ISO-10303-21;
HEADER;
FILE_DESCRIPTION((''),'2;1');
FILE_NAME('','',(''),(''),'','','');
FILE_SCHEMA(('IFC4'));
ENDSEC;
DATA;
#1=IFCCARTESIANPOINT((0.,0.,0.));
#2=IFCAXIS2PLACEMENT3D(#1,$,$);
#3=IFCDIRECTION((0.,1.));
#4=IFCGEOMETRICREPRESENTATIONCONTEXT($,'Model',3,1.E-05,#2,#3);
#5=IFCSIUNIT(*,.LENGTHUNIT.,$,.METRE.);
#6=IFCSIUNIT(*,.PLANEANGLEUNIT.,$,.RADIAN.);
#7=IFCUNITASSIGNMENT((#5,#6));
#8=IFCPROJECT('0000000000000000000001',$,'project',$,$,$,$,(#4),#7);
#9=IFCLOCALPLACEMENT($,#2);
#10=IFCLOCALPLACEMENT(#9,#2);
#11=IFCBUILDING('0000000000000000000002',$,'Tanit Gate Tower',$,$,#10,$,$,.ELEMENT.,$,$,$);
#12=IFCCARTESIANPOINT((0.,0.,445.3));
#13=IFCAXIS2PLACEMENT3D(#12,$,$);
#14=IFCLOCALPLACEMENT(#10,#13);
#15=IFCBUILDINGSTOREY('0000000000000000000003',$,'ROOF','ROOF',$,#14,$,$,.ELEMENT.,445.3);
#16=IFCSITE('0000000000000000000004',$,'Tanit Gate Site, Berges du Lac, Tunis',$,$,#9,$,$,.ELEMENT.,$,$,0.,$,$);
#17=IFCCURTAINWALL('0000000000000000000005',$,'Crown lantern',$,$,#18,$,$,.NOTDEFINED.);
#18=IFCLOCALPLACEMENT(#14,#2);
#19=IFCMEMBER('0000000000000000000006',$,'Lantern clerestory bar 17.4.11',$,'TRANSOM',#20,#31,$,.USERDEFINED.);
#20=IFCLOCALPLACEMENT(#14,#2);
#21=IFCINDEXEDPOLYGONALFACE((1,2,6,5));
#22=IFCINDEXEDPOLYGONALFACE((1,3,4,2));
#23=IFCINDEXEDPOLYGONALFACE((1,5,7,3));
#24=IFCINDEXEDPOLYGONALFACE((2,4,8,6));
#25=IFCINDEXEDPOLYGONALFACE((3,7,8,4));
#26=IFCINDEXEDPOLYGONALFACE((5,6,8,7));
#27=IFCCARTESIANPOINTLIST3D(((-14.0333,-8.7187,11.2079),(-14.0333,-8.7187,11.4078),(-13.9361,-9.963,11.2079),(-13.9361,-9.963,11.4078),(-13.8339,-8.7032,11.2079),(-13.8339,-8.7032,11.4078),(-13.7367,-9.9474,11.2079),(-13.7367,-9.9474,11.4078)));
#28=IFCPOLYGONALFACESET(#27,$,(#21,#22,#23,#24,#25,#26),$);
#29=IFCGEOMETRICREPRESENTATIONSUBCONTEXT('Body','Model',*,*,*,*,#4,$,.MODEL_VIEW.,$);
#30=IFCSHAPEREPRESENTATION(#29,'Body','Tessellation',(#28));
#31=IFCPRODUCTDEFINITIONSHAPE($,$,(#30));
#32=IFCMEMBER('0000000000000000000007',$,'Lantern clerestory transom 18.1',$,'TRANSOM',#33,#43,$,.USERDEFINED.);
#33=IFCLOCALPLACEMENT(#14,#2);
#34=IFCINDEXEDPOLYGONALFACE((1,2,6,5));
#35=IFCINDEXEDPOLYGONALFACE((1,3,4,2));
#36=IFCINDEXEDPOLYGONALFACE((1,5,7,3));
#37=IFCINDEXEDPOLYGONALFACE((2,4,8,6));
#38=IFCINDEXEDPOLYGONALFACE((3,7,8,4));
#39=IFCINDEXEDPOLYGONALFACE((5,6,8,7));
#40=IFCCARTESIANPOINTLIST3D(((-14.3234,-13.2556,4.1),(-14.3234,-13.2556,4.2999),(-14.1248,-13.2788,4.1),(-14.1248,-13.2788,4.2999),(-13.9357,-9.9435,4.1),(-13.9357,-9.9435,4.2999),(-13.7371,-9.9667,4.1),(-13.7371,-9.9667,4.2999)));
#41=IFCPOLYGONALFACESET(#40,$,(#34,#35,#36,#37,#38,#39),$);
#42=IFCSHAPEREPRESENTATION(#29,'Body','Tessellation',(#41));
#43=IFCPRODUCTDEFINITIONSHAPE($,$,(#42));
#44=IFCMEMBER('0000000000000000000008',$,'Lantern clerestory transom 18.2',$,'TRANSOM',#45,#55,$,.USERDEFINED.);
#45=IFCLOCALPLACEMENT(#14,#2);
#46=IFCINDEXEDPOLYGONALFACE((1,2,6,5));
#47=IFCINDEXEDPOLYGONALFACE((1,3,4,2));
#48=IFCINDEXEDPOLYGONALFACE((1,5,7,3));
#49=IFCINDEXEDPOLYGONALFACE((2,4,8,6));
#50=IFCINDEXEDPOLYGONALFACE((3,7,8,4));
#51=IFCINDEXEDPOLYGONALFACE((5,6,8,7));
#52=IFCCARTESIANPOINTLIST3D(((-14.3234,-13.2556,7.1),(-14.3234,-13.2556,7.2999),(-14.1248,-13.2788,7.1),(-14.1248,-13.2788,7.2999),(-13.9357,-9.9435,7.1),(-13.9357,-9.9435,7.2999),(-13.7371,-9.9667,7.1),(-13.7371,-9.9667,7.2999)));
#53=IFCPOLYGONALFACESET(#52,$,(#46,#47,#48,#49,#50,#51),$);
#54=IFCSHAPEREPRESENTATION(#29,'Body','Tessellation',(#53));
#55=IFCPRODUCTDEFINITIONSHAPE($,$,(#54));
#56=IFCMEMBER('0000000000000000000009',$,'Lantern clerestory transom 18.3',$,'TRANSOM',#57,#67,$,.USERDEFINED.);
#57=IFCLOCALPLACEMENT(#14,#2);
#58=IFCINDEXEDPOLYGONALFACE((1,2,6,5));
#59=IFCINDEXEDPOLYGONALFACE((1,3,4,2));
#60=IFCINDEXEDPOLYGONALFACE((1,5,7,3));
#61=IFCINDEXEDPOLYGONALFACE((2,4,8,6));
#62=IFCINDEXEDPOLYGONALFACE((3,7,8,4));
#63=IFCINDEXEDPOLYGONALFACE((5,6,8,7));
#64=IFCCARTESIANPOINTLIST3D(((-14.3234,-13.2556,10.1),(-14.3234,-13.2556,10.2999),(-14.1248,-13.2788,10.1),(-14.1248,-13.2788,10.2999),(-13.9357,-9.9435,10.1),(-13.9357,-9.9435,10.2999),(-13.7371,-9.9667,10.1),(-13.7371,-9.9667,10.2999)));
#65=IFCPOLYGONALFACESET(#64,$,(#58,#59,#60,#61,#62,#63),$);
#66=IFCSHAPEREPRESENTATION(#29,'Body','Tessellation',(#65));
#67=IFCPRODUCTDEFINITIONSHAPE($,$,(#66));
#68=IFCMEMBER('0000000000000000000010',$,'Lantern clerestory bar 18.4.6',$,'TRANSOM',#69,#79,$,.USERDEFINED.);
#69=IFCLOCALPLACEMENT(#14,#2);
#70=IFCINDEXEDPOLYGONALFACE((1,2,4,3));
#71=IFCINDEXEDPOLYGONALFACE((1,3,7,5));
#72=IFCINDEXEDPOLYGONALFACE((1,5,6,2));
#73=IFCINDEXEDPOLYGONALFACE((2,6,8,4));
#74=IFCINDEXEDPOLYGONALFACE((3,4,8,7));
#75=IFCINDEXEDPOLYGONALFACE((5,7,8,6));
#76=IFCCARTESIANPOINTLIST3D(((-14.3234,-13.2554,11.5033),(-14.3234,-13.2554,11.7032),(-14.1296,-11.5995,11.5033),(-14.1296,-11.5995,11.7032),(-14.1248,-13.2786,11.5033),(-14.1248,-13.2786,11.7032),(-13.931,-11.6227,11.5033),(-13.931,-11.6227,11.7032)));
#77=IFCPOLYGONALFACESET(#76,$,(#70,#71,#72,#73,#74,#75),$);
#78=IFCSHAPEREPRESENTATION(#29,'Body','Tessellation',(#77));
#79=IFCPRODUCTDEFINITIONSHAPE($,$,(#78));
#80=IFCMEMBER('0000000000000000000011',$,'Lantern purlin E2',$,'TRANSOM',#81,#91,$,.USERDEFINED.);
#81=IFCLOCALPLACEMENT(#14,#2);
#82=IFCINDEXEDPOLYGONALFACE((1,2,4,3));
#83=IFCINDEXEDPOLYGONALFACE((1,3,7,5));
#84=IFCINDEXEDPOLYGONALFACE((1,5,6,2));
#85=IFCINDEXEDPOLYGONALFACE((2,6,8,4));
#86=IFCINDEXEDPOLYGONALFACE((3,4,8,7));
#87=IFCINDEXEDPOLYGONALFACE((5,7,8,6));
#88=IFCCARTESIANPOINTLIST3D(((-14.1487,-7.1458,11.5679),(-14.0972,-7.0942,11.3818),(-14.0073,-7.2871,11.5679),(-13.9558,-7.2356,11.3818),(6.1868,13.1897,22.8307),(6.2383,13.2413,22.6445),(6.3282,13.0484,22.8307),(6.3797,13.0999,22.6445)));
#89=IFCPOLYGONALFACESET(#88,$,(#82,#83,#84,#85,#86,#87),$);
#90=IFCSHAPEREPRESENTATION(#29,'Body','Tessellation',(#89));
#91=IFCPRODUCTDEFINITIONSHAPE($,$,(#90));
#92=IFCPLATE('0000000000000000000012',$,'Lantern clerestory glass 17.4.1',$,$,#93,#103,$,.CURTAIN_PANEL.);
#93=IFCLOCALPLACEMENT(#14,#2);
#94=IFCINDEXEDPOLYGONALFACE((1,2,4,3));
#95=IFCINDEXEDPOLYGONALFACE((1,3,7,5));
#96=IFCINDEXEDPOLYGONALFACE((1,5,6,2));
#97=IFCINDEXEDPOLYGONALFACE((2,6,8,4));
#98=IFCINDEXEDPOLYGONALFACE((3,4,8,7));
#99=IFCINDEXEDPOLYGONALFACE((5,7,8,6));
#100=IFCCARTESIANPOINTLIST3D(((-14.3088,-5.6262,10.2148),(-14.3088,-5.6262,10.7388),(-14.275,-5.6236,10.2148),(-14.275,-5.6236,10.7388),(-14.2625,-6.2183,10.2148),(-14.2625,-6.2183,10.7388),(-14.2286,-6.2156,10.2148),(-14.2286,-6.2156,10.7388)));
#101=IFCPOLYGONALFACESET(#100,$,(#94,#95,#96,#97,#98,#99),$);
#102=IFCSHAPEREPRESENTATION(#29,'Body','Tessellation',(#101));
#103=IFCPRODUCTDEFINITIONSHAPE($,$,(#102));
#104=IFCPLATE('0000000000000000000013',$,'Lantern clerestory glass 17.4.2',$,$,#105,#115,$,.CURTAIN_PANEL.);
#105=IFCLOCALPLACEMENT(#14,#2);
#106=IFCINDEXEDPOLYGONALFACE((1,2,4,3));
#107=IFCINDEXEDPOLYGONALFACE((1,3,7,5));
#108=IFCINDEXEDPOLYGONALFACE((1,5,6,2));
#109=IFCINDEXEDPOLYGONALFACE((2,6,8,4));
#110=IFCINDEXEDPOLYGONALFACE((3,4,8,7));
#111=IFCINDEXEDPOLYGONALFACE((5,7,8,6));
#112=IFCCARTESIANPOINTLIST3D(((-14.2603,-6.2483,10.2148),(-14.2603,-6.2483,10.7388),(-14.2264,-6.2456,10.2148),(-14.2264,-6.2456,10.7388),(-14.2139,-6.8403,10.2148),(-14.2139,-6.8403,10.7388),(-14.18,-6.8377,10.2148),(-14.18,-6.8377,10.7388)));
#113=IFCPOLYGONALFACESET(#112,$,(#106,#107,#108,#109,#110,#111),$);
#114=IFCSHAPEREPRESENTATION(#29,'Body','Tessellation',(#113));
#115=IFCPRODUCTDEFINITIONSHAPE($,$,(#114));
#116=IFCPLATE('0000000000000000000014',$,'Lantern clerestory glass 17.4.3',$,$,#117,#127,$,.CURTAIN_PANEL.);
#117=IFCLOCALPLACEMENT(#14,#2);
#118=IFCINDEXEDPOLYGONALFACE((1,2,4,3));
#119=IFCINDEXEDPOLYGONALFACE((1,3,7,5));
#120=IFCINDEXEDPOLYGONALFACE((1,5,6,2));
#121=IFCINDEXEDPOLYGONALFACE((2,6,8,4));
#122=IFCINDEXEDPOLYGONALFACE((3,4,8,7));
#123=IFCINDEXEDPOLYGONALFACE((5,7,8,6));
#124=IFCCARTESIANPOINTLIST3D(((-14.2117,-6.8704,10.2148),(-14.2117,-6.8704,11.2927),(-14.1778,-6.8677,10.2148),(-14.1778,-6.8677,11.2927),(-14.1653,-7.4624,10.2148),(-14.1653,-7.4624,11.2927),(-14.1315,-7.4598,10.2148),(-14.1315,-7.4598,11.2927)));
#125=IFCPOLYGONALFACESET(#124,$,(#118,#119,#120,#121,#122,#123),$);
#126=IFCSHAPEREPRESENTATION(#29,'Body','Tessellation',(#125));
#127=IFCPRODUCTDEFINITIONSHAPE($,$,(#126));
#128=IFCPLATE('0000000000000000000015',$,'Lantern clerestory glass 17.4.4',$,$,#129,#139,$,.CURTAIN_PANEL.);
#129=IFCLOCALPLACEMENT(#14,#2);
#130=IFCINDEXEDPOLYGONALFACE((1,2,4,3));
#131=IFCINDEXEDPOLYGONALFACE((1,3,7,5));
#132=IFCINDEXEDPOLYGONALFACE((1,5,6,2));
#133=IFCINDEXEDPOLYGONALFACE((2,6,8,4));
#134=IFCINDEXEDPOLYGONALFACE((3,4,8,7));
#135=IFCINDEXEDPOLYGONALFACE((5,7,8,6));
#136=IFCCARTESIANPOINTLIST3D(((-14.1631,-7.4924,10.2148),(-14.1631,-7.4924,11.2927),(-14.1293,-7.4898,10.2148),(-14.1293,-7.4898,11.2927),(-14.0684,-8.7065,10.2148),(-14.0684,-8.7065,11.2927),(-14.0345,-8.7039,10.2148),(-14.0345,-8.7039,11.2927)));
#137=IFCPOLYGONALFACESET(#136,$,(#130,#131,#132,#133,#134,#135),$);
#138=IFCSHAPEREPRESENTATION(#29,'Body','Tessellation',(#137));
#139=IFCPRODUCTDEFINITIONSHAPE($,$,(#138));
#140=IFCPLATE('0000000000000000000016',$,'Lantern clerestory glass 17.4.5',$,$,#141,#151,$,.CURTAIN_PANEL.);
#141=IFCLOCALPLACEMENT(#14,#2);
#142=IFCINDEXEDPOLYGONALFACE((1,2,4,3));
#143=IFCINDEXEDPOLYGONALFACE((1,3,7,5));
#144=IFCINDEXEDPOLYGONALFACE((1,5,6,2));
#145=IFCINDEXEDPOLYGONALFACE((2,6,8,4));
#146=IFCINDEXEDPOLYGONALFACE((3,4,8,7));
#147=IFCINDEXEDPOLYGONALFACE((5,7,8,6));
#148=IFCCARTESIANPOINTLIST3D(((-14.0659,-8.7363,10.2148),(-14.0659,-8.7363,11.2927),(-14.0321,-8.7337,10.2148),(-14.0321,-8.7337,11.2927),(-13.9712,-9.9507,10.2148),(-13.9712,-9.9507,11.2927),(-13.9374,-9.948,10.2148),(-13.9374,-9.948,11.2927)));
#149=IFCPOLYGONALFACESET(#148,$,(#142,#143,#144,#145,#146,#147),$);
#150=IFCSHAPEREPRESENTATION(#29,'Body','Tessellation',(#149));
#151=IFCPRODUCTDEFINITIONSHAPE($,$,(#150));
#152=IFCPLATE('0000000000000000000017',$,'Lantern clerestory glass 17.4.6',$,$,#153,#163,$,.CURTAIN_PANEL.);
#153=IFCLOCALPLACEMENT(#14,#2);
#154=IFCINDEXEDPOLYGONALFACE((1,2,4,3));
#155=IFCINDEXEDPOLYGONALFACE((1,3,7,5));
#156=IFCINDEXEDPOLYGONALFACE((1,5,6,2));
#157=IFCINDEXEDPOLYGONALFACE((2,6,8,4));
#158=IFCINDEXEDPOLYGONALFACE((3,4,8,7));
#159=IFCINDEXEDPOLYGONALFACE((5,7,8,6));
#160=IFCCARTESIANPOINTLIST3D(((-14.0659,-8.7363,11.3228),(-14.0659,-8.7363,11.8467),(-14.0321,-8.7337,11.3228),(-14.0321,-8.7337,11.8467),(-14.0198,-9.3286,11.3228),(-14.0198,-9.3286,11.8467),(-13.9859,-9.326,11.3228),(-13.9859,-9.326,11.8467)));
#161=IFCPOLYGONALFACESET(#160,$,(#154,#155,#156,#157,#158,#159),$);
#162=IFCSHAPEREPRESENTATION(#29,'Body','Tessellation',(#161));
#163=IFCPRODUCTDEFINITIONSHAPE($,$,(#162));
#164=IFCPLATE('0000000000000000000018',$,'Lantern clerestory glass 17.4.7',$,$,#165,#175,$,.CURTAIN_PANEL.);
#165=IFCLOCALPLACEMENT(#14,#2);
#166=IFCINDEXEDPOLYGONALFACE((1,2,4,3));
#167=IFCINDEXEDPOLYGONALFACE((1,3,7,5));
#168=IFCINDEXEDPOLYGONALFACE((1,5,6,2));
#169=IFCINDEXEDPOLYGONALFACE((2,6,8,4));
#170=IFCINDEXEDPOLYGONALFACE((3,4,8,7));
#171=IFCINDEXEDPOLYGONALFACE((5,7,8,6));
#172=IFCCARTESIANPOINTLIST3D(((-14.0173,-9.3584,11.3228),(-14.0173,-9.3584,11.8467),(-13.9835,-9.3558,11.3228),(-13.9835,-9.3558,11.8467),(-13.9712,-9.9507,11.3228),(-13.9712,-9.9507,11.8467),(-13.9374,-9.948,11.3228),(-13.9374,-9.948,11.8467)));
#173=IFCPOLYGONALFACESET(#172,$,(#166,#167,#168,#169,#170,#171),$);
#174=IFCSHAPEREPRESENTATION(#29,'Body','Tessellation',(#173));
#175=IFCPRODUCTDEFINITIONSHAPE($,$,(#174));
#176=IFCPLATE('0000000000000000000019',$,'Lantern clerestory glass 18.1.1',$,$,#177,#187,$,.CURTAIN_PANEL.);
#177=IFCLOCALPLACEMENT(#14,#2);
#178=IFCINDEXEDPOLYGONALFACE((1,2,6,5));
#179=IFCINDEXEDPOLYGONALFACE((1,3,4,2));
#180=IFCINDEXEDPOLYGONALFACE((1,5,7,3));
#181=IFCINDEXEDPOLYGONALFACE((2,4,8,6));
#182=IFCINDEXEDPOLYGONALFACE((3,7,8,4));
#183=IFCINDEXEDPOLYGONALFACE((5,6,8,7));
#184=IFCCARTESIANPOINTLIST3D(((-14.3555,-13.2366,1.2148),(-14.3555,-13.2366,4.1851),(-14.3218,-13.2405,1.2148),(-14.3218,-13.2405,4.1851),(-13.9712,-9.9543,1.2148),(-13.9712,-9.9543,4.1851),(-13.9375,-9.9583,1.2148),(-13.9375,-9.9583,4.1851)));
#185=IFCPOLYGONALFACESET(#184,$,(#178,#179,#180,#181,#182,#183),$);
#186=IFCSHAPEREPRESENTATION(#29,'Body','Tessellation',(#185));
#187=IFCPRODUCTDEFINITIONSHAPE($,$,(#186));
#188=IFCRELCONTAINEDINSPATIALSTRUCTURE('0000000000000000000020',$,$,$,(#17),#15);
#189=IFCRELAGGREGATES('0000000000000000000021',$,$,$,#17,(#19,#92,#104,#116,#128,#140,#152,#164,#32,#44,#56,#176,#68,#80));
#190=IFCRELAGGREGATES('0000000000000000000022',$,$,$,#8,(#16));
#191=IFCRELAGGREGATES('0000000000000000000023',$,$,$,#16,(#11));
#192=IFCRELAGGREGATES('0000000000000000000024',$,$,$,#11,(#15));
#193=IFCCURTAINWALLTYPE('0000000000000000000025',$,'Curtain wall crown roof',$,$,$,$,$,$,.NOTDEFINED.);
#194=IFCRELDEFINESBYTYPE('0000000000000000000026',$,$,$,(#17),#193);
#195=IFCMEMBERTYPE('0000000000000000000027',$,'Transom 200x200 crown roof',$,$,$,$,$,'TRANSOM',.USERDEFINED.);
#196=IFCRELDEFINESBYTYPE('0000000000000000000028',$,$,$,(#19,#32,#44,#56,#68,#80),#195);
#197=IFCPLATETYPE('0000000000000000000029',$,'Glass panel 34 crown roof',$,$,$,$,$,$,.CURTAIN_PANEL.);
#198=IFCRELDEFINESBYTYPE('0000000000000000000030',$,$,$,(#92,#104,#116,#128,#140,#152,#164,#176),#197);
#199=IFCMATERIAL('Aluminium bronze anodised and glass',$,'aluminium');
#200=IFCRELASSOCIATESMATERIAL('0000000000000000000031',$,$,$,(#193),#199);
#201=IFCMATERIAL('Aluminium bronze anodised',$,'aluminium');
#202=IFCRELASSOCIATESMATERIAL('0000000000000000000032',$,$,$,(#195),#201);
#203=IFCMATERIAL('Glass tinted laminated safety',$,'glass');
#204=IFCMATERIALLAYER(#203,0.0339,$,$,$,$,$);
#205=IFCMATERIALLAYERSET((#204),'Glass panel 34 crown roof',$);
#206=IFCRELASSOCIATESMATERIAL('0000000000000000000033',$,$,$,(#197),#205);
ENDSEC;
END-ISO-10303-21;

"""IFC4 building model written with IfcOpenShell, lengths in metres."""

from ifc_helpers import new_model, si_unit, direction, frame, origin, origin_2d, place, context, subcontext, project, spatial, polyline, rectangle, outline, extrude, material, layer, layer_set, material_profile, profile_set, type_object, element, aggregate, save


model = new_model("IFC4")

# Units and contexts
model_context = context("Model", 3, precision=1e-05, world=origin(), true_north=direction((0.0, 1.0)))
body_context = subcontext(model_context, "Body", "Model", "MODEL_VIEW")
ifc_project = project(units=[si_unit("LENGTHUNIT", "METRE"), si_unit("PLANEANGLEUNIT", "RADIAN")], contexts=[model_context])

# Site, building, storey
site_placement = place(None, origin())
site = spatial("IfcSite", under=ifc_project, at=site_placement, Name="Tanit Gate Site, Berges du Lac, Tunis", CompositionType="ELEMENT", RefElevation=0.0)
building_placement = place(site_placement, origin())
building = spatial("IfcBuilding", under=site, at=building_placement, Name="Tanit Gate Tower", CompositionType="ELEMENT")
storey_placement = place(building_placement, frame((0.0, 0.0, 445.3)))
storey = spatial("IfcBuildingStorey", under=building, at=storey_placement, Name="ROOF", Description="ROOF", CompositionType="ELEMENT", Elevation=445.3)

# Curtain wall, members, plates
ifc_material_1 = material(Name="Aluminium bronze anodised and glass", Category="aluminium")
curtain_wall_type = type_object("IfcCurtainWallType", Name="Curtain wall crown roof", PredefinedType="NOTDEFINED", material=ifc_material_1)
curtain_wall_placement = place(storey_placement, origin())
curtain_wall = element("IfcCurtainWall", 1, at=curtain_wall_placement, inside=storey, type_object=curtain_wall_type, Name="Crown lantern", PredefinedType="NOTDEFINED")
ifc_material_2 = material(Name="Aluminium bronze anodised", Category="aluminium")
ifc_material_profile_1 = material_profile(ifc_material_2, rectangle(XDim=0.2, YDim=0.2, at=origin_2d()), Name="200x200 bronze transom")
ifc_profile_set_1 = profile_set([ifc_material_profile_1], Name="Aluminium bronze anodised")
member_type_1 = type_object("IfcMemberType", Name="Transom 200x200 crown roof", ElementType="TRANSOM", PredefinedType="USERDEFINED", material=ifc_profile_set_1)
member_1_placement = place(storey_placement, frame((-13.9336, -8.7109, 11.3079), z_axis=(0.077863, -0.996964, 0.0), x_axis=(0.996964, 0.077863, 0.0)))
member_1 = element("IfcMember", 2, at=member_1_placement, type_object=member_type_1, Name="Lantern clerestory bar 17.4.11", ObjectType="TRANSOM", PredefinedType="USERDEFINED", context=body_context, shape_type="SweptSolid", body=[
    extrude(rectangle(XDim=0.2, YDim=0.2, at=origin_2d()), origin(), (0.0, 0.0, 1.0), 1.248),
])
member_2_placement = place(storey_placement, frame((-13.8364, -9.9551, 4.2), z_axis=(-0.116264, -0.993218, 0.0), x_axis=(0.993218, -0.116264, 0.0)))
member_2 = element("IfcMember", 3, at=member_2_placement, type_object=member_type_1, Name="Lantern clerestory transom 18.1", ObjectType="TRANSOM", PredefinedType="USERDEFINED", context=body_context, shape_type="SweptSolid", body=[
    extrude(rectangle(XDim=0.2, YDim=0.2, at=origin_2d()), origin(), (0.0, 0.0, 1.0), 3.3347),
])
member_3_placement = place(storey_placement, frame((-13.8364, -9.9551, 7.2), z_axis=(-0.116264, -0.993218, 0.0), x_axis=(0.993218, -0.116264, 0.0)))
member_3 = element("IfcMember", 4, at=member_3_placement, type_object=member_type_1, Name="Lantern clerestory transom 18.2", ObjectType="TRANSOM", PredefinedType="USERDEFINED", context=body_context, shape_type="SweptSolid", body=[
    extrude(rectangle(XDim=0.2, YDim=0.2, at=origin_2d()), origin(), (0.0, 0.0, 1.0), 3.3347),
])
member_4_placement = place(storey_placement, frame((-13.8364, -9.9551, 10.2), z_axis=(-0.116264, -0.993218, 0.0), x_axis=(0.993218, -0.116264, 0.0)))
member_4 = element("IfcMember", 5, at=member_4_placement, type_object=member_type_1, Name="Lantern clerestory transom 18.3", ObjectType="TRANSOM", PredefinedType="USERDEFINED", context=body_context, shape_type="SweptSolid", body=[
    extrude(rectangle(XDim=0.2, YDim=0.2, at=origin_2d()), origin(), (0.0, 0.0, 1.0), 3.3347),
])
member_5_placement = place(storey_placement, frame((-14.0303, -11.6111, 11.6033), z_axis=(-0.116264, -0.993218, 0.0), x_axis=(0.993218, -0.116264, 0.0)))
member_5 = element("IfcMember", 6, at=member_5_placement, type_object=member_type_1, Name="Lantern clerestory bar 18.4.6", ObjectType="TRANSOM", PredefinedType="USERDEFINED", context=body_context, shape_type="SweptSolid", body=[
    extrude(rectangle(XDim=0.2, YDim=0.2, at=origin_2d()), origin(), (0.0, 0.0, 1.0), 1.6672),
])
member_6_placement = place(storey_placement, frame((-14.0522, -7.1907, 11.4749), z_axis=(0.658416, 0.658416, 0.364661), x_axis=(-0.707107, 0.707107, 0.0)))
member_6 = element("IfcMember", 7, at=member_6_placement, type_object=member_type_1, Name="Lantern purlin E2", ObjectType="TRANSOM", PredefinedType="USERDEFINED", context=body_context, shape_type="SweptSolid", body=[
    extrude(rectangle(XDim=0.2, YDim=0.2, at=origin_2d()), origin(), (0.0, 0.0, 1.0), 30.8855),
])
ifc_material_3 = material(Name="Glass tinted laminated safety", Category="glass")
ifc_layer_1 = layer(ifc_material_3, 0.0339)
ifc_layer_set_1 = layer_set([ifc_layer_1], Name="Glass panel 34 crown roof")
plate_type = type_object("IfcPlateType", Name="Glass panel 34 crown roof", PredefinedType="CURTAIN_PANEL", material=ifc_layer_set_1)
plate_1_placement = place(storey_placement, frame((-14.3088, -5.6262, 10.2148), z_axis=(-0.996945, -0.078111, 0.0), x_axis=(0.078111, -0.996945, 0.0)))
plate_1 = element("IfcPlate", 8, at=plate_1_placement, type_object=plate_type, Name="Lantern clerestory glass 17.4.1", PredefinedType="CURTAIN_PANEL", context=body_context, shape_type="SweptSolid", body=[
    extrude(outline(polyline([(0.0, 0.0), (0.5939, 0.0), (0.5939, 0.5239), (0.0, 0.5239), (0.0, 0.0)])), origin(), (0.0, 0.0, -1.0), 0.0339),
])
plate_2_placement = place(storey_placement, frame((-14.2603, -6.2483, 10.2148), z_axis=(-0.996945, -0.078111, 0.0), x_axis=(0.078111, -0.996945, 0.0)))
plate_2 = element("IfcPlate", 9, at=plate_2_placement, type_object=plate_type, Name="Lantern clerestory glass 17.4.2", PredefinedType="CURTAIN_PANEL", context=body_context, shape_type="SweptSolid", body=[
    extrude(outline(polyline([(0.0, 0.0), (0.5939, 0.0), (0.5939, 0.5239), (0.0, 0.5239), (0.0, 0.0)])), origin(), (0.0, 0.0, -1.0), 0.0339),
])
plate_3_placement = place(storey_placement, frame((-14.2117, -6.8704, 10.2148), z_axis=(-0.996945, -0.078111, 0.0), x_axis=(0.078111, -0.996945, 0.0)))
plate_3 = element("IfcPlate", 10, at=plate_3_placement, type_object=plate_type, Name="Lantern clerestory glass 17.4.3", PredefinedType="CURTAIN_PANEL", context=body_context, shape_type="SweptSolid", body=[
    extrude(outline(polyline([(0.0, 0.0), (0.5939, 0.0), (0.5939, 1.0779), (0.0, 1.0779), (0.0, 0.0)])), origin(), (0.0, 0.0, -1.0), 0.0339),
])
plate_4_placement = place(storey_placement, frame((-14.1631, -7.4924, 10.2148), z_axis=(-0.99697, -0.077785, 0.0), x_axis=(0.077785, -0.99697, 0.0)))
plate_4 = element("IfcPlate", 11, at=plate_4_placement, type_object=plate_type, Name="Lantern clerestory glass 17.4.4", PredefinedType="CURTAIN_PANEL", context=body_context, shape_type="SweptSolid", body=[
    extrude(outline(polyline([(0.0, 0.0), (1.2178, 0.0), (1.2178, 1.0779), (0.0, 1.0779), (0.0, 0.0)])), origin(), (0.0, 0.0, -1.0), 0.0339),
])
plate_5_placement = place(storey_placement, frame((-14.0659, -8.7363, 10.2148), z_axis=(-0.996971, -0.077769, 0.0), x_axis=(0.077769, -0.996971, 0.0)))
plate_5 = element("IfcPlate", 12, at=plate_5_placement, type_object=plate_type, Name="Lantern clerestory glass 17.4.5", PredefinedType="CURTAIN_PANEL", context=body_context, shape_type="SweptSolid", body=[
    extrude(outline(polyline([(0.0, 0.0), (1.218, 0.0), (1.218, 1.0779), (0.0, 1.0779), (0.0, 0.0)])), origin(), (0.0, 0.0, -1.0), 0.0339),
])
plate_6_placement = place(storey_placement, frame((-14.0659, -8.7363, 11.3228), z_axis=(-0.996979, -0.077671, 0.0), x_axis=(0.077671, -0.996979, 0.0)))
plate_6 = element("IfcPlate", 13, at=plate_6_placement, type_object=plate_type, Name="Lantern clerestory glass 17.4.6", PredefinedType="CURTAIN_PANEL", context=body_context, shape_type="SweptSolid", body=[
    extrude(outline(polyline([(0.0, 0.0), (0.5941, 0.0), (0.5941, 0.5239), (0.0, 0.5239), (0.0, 0.0)])), origin(), (0.0, 0.0, -1.0), 0.0339),
])
plate_7_placement = place(storey_placement, frame((-14.0173, -9.3584, 11.3228), z_axis=(-0.996979, -0.077671, 0.0), x_axis=(0.077671, -0.996979, 0.0)))
plate_7 = element("IfcPlate", 14, at=plate_7_placement, type_object=plate_type, Name="Lantern clerestory glass 17.4.7", PredefinedType="CURTAIN_PANEL", context=body_context, shape_type="SweptSolid", body=[
    extrude(outline(polyline([(0.0, 0.0), (0.5941, 0.0), (0.5941, 0.5239), (0.0, 0.5239), (0.0, 0.0)])), origin(), (0.0, 0.0, -1.0), 0.0339),
])
plate_8_placement = place(storey_placement, frame((-13.9712, -9.9543, 1.2148), z_axis=(-0.993216, 0.116284, 0.0), x_axis=(-0.116284, -0.993216, 0.0)))
plate_8 = element("IfcPlate", 15, at=plate_8_placement, type_object=plate_type, Name="Lantern clerestory glass 18.1.1", PredefinedType="CURTAIN_PANEL", context=body_context, shape_type="SweptSolid", body=[
    extrude(outline(polyline([(0.0, 0.0), (3.3046, 0.0), (3.3046, 2.9702), (0.0, 2.9702), (0.0, 0.0)])), origin(), (0.0, 0.0, -1.0), 0.0339),
])
aggregate(curtain_wall, [member_1, plate_1, plate_2, plate_3, plate_4, plate_5, plate_6, plate_7, member_2, member_3, member_4, plate_8, member_5, member_6])

save(model, "model.ifc")
